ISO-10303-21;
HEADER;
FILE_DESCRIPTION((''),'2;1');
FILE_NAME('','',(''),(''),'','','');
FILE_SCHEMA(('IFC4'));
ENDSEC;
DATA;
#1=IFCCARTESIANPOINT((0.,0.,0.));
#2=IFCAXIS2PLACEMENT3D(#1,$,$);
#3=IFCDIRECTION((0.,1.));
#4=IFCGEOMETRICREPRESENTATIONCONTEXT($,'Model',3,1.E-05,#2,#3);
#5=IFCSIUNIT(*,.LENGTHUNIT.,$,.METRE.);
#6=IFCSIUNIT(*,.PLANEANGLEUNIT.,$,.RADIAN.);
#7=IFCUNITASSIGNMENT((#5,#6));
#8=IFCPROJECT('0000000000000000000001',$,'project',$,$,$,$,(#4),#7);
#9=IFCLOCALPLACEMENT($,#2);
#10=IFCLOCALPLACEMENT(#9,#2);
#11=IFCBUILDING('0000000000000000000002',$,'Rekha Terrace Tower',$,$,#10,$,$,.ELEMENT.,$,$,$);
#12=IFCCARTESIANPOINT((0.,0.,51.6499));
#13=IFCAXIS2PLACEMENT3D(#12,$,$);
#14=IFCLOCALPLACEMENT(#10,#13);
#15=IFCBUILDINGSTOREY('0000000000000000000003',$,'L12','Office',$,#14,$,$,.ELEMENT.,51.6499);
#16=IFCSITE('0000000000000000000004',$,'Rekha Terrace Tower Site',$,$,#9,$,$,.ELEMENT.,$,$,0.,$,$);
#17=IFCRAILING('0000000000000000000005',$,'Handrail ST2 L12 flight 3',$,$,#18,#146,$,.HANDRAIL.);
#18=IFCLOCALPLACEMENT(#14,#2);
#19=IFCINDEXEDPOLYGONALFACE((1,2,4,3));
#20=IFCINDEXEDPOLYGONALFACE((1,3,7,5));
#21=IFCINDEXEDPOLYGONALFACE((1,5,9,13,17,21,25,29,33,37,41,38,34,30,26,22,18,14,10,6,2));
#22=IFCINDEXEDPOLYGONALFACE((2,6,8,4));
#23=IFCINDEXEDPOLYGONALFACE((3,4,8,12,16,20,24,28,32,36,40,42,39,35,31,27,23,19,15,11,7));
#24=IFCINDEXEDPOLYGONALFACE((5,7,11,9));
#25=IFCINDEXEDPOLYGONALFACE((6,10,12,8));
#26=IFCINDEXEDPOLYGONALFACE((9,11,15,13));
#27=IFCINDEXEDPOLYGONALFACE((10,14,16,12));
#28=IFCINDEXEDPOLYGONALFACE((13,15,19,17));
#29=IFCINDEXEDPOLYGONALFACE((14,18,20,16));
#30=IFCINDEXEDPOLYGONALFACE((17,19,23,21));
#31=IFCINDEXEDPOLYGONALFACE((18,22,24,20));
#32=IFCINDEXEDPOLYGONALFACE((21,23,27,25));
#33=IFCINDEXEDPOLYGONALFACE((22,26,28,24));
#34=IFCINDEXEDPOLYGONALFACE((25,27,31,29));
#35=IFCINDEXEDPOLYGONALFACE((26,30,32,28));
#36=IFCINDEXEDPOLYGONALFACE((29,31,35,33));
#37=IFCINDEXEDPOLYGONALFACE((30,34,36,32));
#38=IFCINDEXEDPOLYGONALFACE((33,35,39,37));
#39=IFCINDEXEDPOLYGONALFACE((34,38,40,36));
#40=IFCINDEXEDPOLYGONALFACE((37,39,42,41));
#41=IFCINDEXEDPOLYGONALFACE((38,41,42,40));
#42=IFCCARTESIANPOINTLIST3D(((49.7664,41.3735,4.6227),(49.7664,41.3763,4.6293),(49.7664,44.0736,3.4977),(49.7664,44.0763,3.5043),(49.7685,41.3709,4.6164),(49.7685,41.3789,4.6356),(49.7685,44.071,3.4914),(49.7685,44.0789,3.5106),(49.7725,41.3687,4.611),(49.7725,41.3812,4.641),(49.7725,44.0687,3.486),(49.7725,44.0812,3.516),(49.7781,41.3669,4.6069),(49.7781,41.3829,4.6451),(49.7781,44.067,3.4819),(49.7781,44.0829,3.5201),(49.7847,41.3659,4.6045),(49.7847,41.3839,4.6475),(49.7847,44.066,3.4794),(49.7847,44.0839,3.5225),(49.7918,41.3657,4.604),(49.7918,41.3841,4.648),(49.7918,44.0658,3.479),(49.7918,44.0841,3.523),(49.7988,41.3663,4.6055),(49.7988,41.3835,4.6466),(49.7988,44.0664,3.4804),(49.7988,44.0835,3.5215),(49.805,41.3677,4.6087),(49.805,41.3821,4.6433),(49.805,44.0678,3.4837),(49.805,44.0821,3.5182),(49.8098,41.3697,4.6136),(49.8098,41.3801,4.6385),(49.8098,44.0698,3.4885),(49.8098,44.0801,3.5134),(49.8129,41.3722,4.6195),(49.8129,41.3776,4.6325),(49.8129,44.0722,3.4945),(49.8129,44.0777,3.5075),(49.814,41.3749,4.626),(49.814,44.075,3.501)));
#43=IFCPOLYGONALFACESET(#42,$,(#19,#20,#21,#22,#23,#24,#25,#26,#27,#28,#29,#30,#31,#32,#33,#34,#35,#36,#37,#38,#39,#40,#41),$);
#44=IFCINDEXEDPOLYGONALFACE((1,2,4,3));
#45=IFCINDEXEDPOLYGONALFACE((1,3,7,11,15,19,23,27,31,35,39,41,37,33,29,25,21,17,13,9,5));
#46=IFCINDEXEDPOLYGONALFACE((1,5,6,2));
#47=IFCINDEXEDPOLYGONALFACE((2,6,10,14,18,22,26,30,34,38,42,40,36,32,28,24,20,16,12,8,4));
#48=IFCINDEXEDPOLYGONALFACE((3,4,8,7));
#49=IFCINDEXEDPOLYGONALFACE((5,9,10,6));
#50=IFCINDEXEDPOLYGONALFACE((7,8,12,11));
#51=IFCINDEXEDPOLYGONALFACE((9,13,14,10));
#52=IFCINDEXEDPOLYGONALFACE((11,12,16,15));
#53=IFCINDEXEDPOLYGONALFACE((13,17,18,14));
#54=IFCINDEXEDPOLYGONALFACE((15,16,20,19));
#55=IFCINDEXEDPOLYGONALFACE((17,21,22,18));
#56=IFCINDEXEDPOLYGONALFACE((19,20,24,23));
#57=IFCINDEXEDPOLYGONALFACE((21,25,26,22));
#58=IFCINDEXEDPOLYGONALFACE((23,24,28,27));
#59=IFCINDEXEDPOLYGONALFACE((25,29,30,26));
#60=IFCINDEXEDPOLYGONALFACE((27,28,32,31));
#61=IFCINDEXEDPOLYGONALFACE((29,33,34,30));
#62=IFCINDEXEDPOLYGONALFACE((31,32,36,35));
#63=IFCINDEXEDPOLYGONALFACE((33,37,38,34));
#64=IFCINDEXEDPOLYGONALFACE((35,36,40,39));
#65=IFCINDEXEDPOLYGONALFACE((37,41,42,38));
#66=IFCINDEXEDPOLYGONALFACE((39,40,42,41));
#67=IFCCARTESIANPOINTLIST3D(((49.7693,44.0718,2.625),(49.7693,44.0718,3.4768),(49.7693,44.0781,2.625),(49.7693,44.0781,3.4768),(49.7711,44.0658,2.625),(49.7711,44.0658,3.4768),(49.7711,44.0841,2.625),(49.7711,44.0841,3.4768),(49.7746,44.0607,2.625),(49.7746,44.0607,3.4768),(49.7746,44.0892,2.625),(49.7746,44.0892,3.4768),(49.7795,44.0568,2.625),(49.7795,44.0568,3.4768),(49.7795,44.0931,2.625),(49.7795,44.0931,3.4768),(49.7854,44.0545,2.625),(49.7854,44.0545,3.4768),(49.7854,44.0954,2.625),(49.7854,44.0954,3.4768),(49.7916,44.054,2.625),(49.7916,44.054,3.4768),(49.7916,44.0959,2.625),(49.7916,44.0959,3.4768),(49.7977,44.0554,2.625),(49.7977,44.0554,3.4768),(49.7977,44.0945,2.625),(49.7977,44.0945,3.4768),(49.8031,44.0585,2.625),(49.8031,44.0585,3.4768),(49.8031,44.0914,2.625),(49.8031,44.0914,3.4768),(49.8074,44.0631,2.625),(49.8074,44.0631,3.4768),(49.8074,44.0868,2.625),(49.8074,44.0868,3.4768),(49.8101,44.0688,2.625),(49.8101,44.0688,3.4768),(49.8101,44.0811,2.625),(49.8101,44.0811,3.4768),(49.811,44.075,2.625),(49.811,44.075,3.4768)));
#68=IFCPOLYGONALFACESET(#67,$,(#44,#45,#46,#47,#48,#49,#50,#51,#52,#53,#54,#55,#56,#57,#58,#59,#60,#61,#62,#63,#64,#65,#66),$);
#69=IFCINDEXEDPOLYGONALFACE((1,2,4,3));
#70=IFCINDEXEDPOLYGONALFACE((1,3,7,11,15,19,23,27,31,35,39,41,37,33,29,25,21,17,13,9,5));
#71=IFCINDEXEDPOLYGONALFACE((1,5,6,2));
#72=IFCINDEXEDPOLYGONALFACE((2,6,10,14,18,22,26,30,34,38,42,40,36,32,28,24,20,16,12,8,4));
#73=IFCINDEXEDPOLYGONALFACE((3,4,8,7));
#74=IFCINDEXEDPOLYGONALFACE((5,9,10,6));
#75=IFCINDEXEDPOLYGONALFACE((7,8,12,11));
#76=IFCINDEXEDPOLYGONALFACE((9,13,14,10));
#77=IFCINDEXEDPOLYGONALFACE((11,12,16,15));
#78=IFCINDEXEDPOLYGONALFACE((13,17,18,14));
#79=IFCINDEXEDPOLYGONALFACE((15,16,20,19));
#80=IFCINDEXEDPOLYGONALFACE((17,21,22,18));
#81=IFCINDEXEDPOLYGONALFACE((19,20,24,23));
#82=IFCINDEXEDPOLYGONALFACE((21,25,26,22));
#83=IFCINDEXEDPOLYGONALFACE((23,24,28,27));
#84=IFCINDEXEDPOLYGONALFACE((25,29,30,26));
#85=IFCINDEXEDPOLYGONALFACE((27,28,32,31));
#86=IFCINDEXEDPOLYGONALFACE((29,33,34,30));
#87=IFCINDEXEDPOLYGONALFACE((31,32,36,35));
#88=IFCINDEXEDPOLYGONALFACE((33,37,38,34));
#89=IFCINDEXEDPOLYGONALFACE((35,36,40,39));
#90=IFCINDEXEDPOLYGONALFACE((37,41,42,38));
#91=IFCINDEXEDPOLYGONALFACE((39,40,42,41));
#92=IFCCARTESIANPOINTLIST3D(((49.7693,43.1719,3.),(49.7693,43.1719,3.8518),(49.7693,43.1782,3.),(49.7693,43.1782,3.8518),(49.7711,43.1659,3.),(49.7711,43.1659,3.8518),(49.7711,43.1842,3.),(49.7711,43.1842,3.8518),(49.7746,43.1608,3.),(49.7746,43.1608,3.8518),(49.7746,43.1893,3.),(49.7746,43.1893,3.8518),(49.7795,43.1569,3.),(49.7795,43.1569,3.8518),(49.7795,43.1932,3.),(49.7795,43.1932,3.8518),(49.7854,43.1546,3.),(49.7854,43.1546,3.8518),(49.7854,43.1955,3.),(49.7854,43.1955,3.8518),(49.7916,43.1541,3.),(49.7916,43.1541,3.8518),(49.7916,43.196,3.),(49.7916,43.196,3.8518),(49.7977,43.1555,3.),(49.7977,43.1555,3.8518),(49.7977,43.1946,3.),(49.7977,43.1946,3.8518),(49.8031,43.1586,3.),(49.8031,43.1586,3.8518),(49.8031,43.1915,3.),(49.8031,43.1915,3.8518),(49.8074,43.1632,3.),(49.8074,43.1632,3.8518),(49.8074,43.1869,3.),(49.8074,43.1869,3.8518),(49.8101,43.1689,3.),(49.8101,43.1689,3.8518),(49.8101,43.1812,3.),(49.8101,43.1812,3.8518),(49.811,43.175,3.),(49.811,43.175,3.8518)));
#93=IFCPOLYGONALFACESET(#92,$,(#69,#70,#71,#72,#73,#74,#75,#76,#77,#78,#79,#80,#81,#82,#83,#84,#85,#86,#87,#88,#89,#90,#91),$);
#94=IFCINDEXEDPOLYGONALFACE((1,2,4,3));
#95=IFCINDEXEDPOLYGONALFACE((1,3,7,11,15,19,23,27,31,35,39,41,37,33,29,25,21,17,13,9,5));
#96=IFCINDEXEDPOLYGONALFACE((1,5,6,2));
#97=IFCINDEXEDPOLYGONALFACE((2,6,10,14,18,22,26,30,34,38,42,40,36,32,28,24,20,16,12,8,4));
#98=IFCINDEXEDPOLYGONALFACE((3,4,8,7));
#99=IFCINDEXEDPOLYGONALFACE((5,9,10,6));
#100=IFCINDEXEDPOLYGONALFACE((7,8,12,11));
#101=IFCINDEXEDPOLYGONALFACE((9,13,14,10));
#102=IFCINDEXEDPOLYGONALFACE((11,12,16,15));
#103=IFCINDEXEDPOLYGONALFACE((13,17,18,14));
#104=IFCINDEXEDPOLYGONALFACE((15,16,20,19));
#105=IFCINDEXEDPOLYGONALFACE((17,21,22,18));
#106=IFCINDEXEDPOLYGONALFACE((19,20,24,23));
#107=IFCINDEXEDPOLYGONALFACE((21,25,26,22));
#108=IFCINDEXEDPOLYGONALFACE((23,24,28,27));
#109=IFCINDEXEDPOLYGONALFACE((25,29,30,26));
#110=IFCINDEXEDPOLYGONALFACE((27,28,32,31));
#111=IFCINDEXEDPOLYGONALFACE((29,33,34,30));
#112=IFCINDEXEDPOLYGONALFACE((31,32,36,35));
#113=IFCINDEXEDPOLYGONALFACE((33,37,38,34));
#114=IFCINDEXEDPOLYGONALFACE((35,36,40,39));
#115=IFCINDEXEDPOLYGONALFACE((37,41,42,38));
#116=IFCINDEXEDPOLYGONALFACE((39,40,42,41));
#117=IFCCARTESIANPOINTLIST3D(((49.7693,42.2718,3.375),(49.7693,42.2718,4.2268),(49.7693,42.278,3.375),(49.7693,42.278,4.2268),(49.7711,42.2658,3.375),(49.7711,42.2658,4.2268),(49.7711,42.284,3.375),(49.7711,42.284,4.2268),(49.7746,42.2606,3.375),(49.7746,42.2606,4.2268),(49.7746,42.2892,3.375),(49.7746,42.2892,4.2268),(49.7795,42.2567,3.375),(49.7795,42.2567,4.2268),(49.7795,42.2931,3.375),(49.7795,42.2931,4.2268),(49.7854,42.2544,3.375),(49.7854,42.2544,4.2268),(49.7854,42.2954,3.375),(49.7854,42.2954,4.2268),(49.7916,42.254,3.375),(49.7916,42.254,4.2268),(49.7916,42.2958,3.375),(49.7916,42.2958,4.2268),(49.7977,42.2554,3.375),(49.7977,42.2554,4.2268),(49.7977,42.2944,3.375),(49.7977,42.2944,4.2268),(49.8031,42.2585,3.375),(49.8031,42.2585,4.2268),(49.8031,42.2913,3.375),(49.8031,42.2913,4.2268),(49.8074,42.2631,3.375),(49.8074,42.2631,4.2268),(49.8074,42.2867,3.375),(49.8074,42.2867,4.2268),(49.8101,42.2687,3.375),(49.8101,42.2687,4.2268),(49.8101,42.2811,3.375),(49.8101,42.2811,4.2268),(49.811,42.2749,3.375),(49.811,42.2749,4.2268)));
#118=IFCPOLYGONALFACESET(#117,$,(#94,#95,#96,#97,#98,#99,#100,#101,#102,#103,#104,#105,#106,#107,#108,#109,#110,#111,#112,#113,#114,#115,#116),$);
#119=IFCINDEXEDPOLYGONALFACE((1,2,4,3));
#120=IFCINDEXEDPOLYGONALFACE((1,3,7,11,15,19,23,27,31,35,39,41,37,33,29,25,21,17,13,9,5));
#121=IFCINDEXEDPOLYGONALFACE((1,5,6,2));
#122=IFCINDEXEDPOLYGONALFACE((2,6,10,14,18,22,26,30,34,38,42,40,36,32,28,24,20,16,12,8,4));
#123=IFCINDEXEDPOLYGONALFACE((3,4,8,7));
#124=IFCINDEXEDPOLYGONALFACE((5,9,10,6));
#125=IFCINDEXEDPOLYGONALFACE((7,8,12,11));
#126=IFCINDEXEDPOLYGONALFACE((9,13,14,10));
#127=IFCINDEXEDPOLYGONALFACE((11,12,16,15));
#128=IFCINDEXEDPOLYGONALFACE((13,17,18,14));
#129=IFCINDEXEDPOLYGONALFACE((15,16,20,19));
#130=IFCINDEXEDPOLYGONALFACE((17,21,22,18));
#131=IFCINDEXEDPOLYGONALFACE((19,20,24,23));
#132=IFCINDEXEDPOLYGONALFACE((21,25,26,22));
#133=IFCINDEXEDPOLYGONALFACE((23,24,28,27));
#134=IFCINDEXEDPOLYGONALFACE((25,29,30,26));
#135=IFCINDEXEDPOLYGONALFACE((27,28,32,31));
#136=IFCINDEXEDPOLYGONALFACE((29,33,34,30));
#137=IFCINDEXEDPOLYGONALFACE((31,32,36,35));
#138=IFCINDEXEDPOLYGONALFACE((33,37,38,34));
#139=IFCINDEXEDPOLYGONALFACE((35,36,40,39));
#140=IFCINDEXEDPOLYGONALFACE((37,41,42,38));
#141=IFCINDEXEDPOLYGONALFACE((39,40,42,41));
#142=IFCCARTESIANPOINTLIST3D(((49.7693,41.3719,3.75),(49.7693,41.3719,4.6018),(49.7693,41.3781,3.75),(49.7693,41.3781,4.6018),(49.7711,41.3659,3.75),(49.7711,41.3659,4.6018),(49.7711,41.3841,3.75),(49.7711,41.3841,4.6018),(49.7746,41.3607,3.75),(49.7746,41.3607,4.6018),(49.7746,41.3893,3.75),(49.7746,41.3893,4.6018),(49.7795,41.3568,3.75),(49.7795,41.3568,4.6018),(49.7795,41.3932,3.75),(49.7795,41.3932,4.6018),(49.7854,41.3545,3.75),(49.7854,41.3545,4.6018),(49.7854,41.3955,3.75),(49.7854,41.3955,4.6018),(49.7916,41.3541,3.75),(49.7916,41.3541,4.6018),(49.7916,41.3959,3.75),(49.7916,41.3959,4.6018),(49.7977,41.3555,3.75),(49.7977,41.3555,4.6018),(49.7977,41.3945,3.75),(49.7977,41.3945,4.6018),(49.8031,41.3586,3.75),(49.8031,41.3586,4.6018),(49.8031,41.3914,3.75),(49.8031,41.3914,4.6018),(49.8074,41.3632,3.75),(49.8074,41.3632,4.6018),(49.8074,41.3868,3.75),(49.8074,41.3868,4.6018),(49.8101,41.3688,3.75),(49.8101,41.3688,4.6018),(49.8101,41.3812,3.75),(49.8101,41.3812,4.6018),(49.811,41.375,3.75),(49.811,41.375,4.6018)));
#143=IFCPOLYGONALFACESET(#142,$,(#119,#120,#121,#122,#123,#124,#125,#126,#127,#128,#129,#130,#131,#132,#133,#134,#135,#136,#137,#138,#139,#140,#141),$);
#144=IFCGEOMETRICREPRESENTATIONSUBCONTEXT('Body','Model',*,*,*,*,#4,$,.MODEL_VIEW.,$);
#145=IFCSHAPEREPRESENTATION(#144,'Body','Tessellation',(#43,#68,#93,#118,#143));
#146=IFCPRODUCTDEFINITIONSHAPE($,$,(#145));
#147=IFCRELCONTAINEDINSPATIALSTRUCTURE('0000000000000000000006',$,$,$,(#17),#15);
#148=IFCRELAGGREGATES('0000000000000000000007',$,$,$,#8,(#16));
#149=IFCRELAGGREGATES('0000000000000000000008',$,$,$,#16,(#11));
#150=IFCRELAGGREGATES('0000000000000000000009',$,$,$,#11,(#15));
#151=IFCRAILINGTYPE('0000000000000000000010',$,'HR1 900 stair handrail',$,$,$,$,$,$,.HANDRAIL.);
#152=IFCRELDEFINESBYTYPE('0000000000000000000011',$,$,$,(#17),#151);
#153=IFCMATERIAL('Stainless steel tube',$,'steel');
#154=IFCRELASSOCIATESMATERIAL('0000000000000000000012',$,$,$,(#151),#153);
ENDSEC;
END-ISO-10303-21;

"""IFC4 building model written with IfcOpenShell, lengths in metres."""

from ifc_helpers import new_model, si_unit, direction, frame, origin, origin_2d, place, context, subcontext, project, spatial, circle, extrude, material, type_object, element, save


model = new_model("IFC4")

# Units and contexts
model_context = context("Model", 3, precision=1e-05, world=origin(), true_north=direction((0.0, 1.0)))
body_context = subcontext(model_context, "Body", "Model", "MODEL_VIEW")
ifc_project = project(units=[si_unit("LENGTHUNIT", "METRE"), si_unit("PLANEANGLEUNIT", "RADIAN")], contexts=[model_context])

# Site, building, storey
site_placement = place(None, origin())
site = spatial("IfcSite", under=ifc_project, at=site_placement, Name="Rekha Terrace Tower Site", CompositionType="ELEMENT", RefElevation=0.0)
building_placement = place(site_placement, origin())
building = spatial("IfcBuilding", under=site, at=building_placement, Name="Rekha Terrace Tower", CompositionType="ELEMENT")
storey_placement = place(building_placement, frame((0.0, 0.0, 51.6499)))
storey = spatial("IfcBuildingStorey", under=building, at=storey_placement, Name="L12", Description="Office", CompositionType="ELEMENT", Elevation=51.6499)

# Railing
ifc_material_1 = material(Name="Stainless steel tube", Category="steel")
railing_type_1 = type_object("IfcRailingType", Name="HR1 900 stair handrail", PredefinedType="HANDRAIL", material=ifc_material_1)
railing_1_placement = place(storey_placement, frame((49.79, 44.075, 2.625)))
element("IfcRailing", 1, at=railing_1_placement, inside=storey, type_object=railing_type_1, Name="Handrail ST2 L12 flight 3", PredefinedType="HANDRAIL", context=body_context, shape_type="SweptSolid", body=[
    extrude(circle(Radius=0.0239, at=origin_2d()), frame((0.0, 0.0, 0.876), z_axis=(0.0, -0.923074, 0.384621), x_axis=(1.0, 0.0, 0.0)), (0.0, 0.0, 1.0), 2.925),
    extrude(circle(Radius=0.021, at=origin_2d()), origin(), (0.0, 0.0, 1.0), 0.8518),
    extrude(circle(Radius=0.021, at=origin_2d()), frame((0.0, -0.8999, 0.375)), (0.0, 0.0, 1.0), 0.8518),
    extrude(circle(Radius=0.021, at=origin_2d()), frame((0.0, -1.8, 0.75)), (0.0, 0.0, 1.0), 0.8518),
    extrude(circle(Radius=0.021, at=origin_2d()), frame((0.0, -2.7, 1.125)), (0.0, 0.0, 1.0), 0.8518),
])

save(model, "model.ifc")
